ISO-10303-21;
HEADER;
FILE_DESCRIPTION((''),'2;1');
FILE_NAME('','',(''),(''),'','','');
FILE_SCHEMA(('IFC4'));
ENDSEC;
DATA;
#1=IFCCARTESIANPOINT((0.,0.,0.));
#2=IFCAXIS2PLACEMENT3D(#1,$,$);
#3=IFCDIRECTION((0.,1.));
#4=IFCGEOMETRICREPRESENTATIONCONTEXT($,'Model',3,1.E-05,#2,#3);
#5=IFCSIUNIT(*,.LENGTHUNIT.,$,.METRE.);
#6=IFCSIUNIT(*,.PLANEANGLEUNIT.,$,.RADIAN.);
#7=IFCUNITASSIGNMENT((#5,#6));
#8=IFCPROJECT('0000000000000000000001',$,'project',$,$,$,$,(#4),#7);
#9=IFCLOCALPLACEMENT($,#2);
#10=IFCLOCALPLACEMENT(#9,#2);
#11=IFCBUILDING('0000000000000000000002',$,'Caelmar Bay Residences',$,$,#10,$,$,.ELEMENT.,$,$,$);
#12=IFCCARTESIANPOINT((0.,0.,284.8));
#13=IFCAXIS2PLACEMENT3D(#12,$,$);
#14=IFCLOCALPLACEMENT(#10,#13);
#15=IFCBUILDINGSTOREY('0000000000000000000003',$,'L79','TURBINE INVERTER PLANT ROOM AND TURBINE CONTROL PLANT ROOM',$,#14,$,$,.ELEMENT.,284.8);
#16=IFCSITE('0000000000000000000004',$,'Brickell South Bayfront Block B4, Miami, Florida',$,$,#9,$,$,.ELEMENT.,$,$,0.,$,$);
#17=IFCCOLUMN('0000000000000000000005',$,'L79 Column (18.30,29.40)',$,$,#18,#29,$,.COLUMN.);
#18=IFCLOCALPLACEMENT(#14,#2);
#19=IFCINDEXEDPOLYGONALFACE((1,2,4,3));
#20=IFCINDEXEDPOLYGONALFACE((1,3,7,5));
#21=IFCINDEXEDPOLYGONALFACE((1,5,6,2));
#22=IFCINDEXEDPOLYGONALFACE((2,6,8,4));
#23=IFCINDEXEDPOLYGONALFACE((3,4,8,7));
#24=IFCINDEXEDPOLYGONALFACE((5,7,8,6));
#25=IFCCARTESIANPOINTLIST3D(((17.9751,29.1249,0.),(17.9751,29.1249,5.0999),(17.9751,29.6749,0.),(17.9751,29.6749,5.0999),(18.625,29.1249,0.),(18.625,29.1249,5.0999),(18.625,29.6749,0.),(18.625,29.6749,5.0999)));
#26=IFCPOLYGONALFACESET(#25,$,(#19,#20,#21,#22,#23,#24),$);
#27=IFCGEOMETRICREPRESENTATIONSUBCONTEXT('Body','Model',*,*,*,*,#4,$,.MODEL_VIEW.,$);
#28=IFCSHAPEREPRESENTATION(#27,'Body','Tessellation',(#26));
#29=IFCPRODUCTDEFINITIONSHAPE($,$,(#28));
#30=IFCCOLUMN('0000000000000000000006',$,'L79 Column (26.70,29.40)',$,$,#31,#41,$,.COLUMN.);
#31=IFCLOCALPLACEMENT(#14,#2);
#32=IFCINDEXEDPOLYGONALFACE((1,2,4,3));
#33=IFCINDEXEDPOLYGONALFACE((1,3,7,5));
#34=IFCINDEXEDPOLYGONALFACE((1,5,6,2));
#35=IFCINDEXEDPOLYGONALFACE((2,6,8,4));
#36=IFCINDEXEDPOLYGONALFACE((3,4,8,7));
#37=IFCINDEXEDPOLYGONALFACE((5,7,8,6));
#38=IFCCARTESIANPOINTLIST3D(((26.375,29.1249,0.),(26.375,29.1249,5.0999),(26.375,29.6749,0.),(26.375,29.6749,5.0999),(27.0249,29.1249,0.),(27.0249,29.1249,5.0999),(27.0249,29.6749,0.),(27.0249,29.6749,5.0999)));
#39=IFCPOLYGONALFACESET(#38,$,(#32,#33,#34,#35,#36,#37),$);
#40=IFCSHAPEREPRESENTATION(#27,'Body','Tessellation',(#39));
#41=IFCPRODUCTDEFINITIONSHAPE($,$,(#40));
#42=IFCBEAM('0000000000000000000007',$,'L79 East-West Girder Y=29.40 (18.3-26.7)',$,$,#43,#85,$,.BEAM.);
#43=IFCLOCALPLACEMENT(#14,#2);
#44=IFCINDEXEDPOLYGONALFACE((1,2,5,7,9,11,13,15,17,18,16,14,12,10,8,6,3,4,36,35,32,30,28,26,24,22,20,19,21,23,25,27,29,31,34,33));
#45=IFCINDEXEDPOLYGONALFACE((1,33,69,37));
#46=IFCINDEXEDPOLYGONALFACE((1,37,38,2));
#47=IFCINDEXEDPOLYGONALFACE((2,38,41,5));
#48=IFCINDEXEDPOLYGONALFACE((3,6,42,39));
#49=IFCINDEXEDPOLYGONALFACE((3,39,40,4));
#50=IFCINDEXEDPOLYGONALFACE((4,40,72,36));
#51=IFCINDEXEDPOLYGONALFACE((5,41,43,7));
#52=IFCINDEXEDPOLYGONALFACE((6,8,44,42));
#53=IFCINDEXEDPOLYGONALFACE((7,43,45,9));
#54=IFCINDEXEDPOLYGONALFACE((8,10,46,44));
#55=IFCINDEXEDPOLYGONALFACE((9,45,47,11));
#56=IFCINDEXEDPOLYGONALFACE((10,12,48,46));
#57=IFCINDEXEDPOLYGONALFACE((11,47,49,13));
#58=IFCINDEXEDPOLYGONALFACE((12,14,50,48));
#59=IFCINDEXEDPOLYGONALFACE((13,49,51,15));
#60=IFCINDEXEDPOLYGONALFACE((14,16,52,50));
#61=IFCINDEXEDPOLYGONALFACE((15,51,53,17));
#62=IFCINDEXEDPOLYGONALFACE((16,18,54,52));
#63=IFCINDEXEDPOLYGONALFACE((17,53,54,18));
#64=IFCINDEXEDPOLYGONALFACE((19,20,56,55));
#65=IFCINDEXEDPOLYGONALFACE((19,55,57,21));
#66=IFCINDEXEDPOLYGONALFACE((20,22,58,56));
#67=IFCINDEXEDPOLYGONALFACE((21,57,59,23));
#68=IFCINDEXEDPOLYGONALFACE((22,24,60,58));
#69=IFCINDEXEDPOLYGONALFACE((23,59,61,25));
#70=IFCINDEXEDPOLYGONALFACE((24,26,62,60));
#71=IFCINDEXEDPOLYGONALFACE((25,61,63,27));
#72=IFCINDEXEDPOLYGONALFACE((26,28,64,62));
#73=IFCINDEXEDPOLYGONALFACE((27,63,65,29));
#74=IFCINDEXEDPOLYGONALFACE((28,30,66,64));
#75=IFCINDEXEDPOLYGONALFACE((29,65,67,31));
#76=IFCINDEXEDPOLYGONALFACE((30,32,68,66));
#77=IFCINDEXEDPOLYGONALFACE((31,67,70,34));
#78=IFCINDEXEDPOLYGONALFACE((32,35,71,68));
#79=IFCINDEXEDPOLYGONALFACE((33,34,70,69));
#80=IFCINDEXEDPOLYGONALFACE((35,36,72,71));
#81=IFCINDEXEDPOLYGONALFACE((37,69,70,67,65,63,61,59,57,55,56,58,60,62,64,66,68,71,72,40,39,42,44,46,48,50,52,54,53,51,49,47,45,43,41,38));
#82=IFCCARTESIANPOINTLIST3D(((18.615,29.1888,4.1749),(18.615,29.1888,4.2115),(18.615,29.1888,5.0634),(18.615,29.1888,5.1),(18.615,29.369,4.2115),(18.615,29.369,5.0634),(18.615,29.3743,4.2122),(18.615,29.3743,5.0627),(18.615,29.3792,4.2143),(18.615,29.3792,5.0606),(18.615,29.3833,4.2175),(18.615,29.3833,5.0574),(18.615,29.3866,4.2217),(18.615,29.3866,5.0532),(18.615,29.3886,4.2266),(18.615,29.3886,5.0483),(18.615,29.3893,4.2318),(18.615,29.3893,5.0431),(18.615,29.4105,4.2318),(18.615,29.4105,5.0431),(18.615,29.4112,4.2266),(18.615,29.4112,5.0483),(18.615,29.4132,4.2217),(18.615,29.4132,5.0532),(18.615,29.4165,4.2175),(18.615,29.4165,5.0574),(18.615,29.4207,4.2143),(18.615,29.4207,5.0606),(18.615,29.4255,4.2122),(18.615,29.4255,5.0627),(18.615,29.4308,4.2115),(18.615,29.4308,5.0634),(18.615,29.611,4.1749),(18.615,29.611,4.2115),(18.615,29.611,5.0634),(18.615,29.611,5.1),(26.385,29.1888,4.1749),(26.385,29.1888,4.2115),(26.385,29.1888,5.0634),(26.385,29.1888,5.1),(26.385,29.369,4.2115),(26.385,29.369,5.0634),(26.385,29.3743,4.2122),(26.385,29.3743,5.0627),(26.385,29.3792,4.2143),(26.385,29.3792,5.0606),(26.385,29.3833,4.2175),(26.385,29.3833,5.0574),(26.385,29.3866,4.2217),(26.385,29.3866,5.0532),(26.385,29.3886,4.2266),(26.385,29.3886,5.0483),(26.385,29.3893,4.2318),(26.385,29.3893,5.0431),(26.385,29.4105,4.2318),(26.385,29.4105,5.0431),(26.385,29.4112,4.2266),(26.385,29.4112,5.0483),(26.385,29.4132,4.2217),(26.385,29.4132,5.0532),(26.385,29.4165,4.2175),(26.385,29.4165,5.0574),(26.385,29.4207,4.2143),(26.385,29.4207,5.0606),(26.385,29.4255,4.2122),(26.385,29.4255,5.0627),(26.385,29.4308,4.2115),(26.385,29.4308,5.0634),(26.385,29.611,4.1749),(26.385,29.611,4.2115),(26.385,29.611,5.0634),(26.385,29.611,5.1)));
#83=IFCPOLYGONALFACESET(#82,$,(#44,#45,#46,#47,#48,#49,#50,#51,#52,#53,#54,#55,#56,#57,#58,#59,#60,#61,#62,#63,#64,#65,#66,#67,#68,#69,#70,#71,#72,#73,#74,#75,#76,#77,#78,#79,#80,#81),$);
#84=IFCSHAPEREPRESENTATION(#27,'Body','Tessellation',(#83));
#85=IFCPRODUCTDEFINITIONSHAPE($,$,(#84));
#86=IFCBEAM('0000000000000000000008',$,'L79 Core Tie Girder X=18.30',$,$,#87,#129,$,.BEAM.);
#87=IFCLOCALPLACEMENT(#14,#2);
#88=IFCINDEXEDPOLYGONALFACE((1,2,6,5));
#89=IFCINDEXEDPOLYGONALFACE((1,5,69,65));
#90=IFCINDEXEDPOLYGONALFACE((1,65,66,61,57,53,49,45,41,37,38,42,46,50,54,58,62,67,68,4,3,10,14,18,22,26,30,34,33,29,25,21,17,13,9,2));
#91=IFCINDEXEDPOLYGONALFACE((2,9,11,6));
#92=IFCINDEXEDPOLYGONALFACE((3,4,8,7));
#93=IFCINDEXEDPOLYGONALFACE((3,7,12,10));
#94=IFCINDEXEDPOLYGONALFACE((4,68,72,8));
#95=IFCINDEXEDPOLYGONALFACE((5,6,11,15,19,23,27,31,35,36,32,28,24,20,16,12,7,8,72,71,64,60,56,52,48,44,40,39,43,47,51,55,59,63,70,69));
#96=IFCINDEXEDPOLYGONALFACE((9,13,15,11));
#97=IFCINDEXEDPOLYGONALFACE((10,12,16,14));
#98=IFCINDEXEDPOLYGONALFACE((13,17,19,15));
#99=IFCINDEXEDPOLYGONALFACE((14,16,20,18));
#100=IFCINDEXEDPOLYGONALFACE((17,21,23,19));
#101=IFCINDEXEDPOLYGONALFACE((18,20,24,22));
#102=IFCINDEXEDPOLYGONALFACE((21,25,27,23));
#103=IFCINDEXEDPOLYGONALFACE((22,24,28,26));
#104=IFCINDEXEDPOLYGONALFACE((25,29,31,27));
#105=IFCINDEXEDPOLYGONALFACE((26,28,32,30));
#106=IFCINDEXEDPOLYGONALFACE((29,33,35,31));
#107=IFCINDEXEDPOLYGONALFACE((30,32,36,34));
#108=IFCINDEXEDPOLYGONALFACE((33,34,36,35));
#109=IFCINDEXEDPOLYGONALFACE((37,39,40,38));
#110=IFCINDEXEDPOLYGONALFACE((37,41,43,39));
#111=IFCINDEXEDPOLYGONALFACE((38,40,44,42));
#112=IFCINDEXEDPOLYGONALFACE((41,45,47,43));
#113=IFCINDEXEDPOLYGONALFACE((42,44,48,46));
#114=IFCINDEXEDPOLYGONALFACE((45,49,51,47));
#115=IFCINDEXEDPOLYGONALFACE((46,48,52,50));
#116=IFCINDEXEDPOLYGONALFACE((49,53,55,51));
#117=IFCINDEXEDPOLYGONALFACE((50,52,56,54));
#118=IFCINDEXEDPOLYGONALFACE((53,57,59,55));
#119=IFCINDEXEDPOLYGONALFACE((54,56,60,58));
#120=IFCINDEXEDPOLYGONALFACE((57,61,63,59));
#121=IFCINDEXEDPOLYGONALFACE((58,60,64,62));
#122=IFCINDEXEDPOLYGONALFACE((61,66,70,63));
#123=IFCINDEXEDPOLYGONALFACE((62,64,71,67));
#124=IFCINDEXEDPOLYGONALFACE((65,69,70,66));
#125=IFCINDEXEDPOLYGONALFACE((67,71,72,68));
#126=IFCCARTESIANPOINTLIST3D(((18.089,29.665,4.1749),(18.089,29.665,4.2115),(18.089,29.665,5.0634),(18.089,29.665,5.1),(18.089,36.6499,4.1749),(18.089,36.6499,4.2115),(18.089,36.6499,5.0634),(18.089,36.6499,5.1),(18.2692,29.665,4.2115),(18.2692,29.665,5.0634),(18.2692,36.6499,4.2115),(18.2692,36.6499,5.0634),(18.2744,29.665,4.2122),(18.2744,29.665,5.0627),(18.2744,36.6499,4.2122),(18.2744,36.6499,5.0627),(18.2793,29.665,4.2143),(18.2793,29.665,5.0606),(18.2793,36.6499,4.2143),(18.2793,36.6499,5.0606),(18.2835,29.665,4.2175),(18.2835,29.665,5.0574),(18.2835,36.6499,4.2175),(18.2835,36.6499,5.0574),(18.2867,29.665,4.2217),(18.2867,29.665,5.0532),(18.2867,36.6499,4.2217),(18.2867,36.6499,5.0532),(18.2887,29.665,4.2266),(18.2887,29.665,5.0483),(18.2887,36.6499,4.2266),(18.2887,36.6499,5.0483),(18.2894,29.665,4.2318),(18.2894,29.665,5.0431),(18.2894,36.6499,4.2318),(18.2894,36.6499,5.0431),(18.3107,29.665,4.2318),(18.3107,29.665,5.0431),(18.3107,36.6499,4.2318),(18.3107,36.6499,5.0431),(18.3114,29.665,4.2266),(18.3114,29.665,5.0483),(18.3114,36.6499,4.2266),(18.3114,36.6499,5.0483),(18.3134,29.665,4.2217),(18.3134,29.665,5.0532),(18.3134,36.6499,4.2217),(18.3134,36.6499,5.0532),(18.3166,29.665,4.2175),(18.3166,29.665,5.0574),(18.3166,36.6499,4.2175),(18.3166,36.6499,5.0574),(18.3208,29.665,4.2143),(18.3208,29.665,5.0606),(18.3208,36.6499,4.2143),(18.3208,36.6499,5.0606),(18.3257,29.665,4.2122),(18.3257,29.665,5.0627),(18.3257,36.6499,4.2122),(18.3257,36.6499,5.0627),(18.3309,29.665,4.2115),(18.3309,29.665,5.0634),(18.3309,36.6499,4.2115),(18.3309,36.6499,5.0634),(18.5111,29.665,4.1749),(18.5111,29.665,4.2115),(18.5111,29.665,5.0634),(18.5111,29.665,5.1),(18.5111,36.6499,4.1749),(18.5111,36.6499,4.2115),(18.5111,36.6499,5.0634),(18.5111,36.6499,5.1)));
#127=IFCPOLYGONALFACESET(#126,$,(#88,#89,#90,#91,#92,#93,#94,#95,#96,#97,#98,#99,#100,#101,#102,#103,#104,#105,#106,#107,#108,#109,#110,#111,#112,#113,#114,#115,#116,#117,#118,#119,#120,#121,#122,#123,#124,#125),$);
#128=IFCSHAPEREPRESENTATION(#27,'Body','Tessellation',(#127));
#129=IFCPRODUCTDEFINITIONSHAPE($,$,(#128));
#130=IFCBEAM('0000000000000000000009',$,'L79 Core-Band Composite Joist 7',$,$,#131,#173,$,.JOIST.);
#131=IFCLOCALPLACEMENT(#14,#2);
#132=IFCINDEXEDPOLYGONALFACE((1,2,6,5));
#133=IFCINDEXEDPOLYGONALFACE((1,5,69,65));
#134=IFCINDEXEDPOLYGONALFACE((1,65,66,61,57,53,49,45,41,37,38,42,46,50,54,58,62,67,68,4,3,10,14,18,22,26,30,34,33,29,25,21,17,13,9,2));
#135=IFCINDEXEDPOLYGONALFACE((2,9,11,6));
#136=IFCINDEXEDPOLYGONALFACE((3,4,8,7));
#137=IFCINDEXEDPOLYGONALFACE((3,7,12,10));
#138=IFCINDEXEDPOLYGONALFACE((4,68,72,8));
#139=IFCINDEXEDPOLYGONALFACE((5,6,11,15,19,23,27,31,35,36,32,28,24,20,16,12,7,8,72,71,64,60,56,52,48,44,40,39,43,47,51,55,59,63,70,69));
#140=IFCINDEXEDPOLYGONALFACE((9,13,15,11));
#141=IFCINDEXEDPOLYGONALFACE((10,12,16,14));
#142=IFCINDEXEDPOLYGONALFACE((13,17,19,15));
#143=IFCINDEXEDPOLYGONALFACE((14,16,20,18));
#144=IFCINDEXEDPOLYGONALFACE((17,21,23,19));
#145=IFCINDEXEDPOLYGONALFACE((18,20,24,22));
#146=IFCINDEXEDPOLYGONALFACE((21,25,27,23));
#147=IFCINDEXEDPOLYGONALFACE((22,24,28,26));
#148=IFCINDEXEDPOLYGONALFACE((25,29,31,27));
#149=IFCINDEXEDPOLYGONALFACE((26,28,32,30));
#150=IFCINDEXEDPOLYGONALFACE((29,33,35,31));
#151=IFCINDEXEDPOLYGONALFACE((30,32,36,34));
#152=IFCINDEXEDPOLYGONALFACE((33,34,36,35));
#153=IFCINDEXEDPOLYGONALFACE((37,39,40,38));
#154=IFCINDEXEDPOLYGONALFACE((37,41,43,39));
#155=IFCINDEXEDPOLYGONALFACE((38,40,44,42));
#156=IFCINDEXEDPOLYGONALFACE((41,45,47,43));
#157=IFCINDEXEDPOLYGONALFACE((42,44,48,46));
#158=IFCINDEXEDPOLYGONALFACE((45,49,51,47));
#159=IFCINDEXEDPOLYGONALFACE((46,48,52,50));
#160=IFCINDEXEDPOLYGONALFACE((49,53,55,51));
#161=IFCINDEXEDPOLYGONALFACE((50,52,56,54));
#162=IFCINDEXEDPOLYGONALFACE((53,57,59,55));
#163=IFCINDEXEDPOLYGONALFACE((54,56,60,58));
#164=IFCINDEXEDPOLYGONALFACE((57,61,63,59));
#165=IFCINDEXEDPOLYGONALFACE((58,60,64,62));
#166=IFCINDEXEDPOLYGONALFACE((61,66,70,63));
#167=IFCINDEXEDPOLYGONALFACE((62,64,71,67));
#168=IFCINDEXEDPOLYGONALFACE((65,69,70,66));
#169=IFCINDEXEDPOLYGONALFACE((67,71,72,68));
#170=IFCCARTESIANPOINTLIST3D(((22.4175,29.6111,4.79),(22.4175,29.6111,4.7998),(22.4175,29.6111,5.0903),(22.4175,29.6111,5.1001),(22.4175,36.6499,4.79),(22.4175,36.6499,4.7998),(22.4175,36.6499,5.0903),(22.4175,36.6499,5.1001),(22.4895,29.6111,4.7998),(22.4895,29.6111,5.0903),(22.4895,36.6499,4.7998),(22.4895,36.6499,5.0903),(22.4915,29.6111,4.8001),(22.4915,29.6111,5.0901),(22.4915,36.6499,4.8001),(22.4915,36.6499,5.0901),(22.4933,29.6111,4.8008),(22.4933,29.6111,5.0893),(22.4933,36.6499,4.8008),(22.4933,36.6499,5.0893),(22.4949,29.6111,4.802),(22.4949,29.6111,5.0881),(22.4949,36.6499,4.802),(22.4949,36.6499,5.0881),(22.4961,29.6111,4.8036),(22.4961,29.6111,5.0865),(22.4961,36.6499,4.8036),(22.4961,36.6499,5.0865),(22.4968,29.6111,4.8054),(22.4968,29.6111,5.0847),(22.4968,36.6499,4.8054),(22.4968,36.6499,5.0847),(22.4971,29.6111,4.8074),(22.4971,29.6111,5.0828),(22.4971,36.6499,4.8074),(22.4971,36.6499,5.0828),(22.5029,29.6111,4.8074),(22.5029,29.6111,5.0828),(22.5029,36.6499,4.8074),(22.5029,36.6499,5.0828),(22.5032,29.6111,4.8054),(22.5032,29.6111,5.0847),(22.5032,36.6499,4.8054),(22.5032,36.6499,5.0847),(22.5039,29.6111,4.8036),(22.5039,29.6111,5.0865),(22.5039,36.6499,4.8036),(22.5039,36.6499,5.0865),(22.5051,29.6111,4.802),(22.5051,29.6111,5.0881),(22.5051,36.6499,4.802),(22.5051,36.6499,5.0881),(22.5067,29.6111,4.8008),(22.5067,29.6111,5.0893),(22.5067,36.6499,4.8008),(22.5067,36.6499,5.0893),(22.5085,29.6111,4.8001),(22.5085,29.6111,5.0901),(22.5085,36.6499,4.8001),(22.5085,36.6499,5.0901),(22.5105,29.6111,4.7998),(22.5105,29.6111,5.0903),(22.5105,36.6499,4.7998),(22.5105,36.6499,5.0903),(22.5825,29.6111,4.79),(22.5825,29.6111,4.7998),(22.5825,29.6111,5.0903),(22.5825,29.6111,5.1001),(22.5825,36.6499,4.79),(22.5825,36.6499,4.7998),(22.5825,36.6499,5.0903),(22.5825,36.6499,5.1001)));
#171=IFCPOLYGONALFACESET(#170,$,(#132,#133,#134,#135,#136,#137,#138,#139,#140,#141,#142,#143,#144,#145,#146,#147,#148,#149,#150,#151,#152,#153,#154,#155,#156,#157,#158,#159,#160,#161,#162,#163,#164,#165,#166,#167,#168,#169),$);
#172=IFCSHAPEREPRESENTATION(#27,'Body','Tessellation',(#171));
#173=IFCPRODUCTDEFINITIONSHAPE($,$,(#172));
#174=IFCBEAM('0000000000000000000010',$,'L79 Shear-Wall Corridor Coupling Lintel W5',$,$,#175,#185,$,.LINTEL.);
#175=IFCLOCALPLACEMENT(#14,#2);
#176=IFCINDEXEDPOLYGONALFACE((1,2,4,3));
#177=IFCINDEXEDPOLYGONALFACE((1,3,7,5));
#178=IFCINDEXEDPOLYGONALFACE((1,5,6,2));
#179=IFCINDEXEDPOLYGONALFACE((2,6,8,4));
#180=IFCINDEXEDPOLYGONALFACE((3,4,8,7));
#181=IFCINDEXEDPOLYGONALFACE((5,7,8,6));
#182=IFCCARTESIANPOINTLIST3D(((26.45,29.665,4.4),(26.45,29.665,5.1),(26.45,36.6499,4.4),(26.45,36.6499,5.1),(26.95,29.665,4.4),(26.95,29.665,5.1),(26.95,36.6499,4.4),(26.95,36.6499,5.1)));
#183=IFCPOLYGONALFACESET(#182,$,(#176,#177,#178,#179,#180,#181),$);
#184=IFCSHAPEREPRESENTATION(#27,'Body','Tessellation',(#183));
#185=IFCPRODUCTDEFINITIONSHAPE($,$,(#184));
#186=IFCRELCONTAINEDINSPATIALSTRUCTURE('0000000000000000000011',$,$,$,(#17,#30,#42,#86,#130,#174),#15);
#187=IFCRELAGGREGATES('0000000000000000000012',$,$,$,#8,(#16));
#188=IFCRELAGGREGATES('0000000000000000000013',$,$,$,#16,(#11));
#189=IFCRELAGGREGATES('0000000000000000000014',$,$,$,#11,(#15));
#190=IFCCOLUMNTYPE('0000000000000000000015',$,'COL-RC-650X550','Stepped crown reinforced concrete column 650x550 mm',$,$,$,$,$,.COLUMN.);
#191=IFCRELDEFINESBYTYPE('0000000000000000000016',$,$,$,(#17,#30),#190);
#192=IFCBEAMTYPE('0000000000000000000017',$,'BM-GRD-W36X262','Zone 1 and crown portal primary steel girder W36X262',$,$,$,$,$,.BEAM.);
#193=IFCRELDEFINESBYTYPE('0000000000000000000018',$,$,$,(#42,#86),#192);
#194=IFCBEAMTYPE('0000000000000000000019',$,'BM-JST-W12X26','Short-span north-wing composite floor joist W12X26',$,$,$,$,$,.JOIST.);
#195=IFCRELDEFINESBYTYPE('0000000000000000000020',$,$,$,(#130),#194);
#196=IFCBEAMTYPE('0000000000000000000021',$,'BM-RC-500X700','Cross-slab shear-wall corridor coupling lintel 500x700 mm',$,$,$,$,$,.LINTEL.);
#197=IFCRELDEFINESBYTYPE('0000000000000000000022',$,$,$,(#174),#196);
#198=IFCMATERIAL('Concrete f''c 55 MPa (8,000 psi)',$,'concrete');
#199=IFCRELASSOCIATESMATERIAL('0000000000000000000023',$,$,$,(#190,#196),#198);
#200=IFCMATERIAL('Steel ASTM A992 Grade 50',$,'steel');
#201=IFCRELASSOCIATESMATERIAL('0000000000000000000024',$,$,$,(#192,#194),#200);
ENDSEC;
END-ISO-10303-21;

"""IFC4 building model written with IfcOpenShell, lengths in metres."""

from ifc_helpers import new_model, si_unit, direction, frame, origin, origin_2d, place, context, subcontext, project, spatial, rectangle, i_section, extrude, material, material_profile, profile_set, type_object, element, save


model = new_model("IFC4")

# Units and contexts
model_context = context("Model", 3, precision=1e-05, world=origin(), true_north=direction((0.0, 1.0)))
body_context = subcontext(model_context, "Body", "Model", "MODEL_VIEW")
ifc_project = project(units=[si_unit("LENGTHUNIT", "METRE"), si_unit("PLANEANGLEUNIT", "RADIAN")], contexts=[model_context])

# Site, building, storey
site_placement = place(None, origin())
site = spatial("IfcSite", under=ifc_project, at=site_placement, Name="Brickell South Bayfront Block B4, Miami, Florida", CompositionType="ELEMENT", RefElevation=0.0)
building_placement = place(site_placement, origin())
building = spatial("IfcBuilding", under=site, at=building_placement, Name="Caelmar Bay Residences", CompositionType="ELEMENT")
storey_placement = place(building_placement, frame((0.0, 0.0, 284.8)))
storey = spatial("IfcBuildingStorey", under=building, at=storey_placement, Name="L79", Description="TURBINE INVERTER PLANT ROOM AND TURBINE CONTROL PLANT ROOM", CompositionType="ELEMENT", Elevation=284.8)

# Columns
ifc_material_1 = material(Name="Concrete f'c 55 MPa (8,000 psi)", Category="concrete")
ifc_material_profile_1 = material_profile(ifc_material_1, rectangle(XDim=0.6499, YDim=0.55, at=origin_2d()), Name="RC-COL-650X550")
ifc_profile_set_1 = profile_set([ifc_material_profile_1], Name="Concrete f'c 55 MPa (8,000 psi)")
column_type = type_object("IfcColumnType", Name="COL-RC-650X550", Description="Stepped crown reinforced concrete column 650x550 mm", PredefinedType="COLUMN", material=ifc_profile_set_1)
for number, where, z_axis, x_axis, name in (
    (1, (18.3, 29.3999, 0.0), (0.0, 0.0, 1.0), (1.0, 0.0, 0.0), "L79 Column (18.30,29.40)"),
    (2, (26.7, 29.3999, 0.0), (0.0, 0.0, 1.0), (1.0, 0.0, 0.0), "L79 Column (26.70,29.40)"),
):
    element("IfcColumn", number, at=place(storey_placement, frame(where, z_axis=z_axis, x_axis=x_axis)), inside=storey, type_object=column_type, Name=name, PredefinedType="COLUMN", context=body_context, shape_type="SweptSolid", body=[
        extrude(rectangle(XDim=0.6499, YDim=0.55, at=origin_2d()), origin(), (0.0, 0.0, 1.0), 5.0999),
    ])

# Beams
ifc_material_2 = material(Name="Steel ASTM A992 Grade 50", Category="steel")
ifc_material_profile_2 = material_profile(ifc_material_2, i_section(OverallWidth=0.4221, OverallDepth=0.925, WebThickness=0.0212, FlangeThickness=0.0366, FilletRadius=0.0203, at=origin_2d()), Name="W36X262")
ifc_profile_set_2 = profile_set([ifc_material_profile_2], Name="Steel ASTM A992 Grade 50")
beam_type_1 = type_object("IfcBeamType", Name="BM-GRD-W36X262", Description="Zone 1 and crown portal primary steel girder W36X262", PredefinedType="BEAM", material=ifc_profile_set_2)
beam_1_placement = place(storey_placement, frame((18.615, 29.3999, 4.6375), z_axis=(1.0, 0.0, 0.0), x_axis=(0.0, 1.0, 0.0)))
element("IfcBeam", 3, at=beam_1_placement, inside=storey, type_object=beam_type_1, Name="L79 East-West Girder Y=29.40 (18.3-26.7)", PredefinedType="BEAM", context=body_context, shape_type="SweptSolid", body=[
    extrude(i_section(OverallWidth=0.4221, OverallDepth=0.925, WebThickness=0.0212, FlangeThickness=0.0366, FilletRadius=0.0203, at=origin_2d()), origin(), (0.0, 0.0, 1.0), 7.77),
])
beam_2_placement = place(storey_placement, frame((18.3, 29.665, 4.6375), z_axis=(0.0, 1.0, 0.0), x_axis=(-1.0, 0.0, 0.0)))
element("IfcBeam", 4, at=beam_2_placement, inside=storey, type_object=beam_type_1, Name="L79 Core Tie Girder X=18.30", PredefinedType="BEAM", context=body_context, shape_type="SweptSolid", body=[
    extrude(i_section(OverallWidth=0.4221, OverallDepth=0.925, WebThickness=0.0212, FlangeThickness=0.0366, FilletRadius=0.0203, at=origin_2d()), origin(), (0.0, 0.0, 1.0), 6.9849),
])
ifc_material_profile_3 = material_profile(ifc_material_2, i_section(OverallWidth=0.165, OverallDepth=0.3101, WebThickness=0.0059, FlangeThickness=0.0098, FilletRadius=0.0076, at=origin_2d()), Name="W12X26")
ifc_profile_set_3 = profile_set([ifc_material_profile_3], Name="Steel ASTM A992 Grade 50")
beam_type_2 = type_object("IfcBeamType", Name="BM-JST-W12X26", Description="Short-span north-wing composite floor joist W12X26", PredefinedType="JOIST", material=ifc_profile_set_3)
beam_3_placement = place(storey_placement, frame((22.5, 29.6111, 4.9451), z_axis=(0.0, 1.0, 0.0), x_axis=(-1.0, 0.0, 0.0)))
element("IfcBeam", 5, at=beam_3_placement, inside=storey, type_object=beam_type_2, Name="L79 Core-Band Composite Joist 7", PredefinedType="JOIST", context=body_context, shape_type="SweptSolid", body=[
    extrude(i_section(OverallWidth=0.165, OverallDepth=0.3101, WebThickness=0.0059, FlangeThickness=0.0098, FilletRadius=0.0076, at=origin_2d()), origin(), (0.0, 0.0, 1.0), 7.0388),
])
ifc_material_profile_4 = material_profile(ifc_material_1, rectangle(XDim=0.5, YDim=0.7, at=origin_2d()), Name="RC-BM-500X700")
ifc_profile_set_4 = profile_set([ifc_material_profile_4], Name="Concrete f'c 55 MPa (8,000 psi)")
beam_type_3 = type_object("IfcBeamType", Name="BM-RC-500X700", Description="Cross-slab shear-wall corridor coupling lintel 500x700 mm", PredefinedType="LINTEL", material=ifc_profile_set_4)
beam_4_placement = place(storey_placement, frame((26.7, 29.665, 4.75), z_axis=(0.0, 1.0, 0.0), x_axis=(-1.0, 0.0, 0.0)))
element("IfcBeam", 6, at=beam_4_placement, inside=storey, type_object=beam_type_3, Name="L79 Shear-Wall Corridor Coupling Lintel W5", PredefinedType="LINTEL", context=body_context, shape_type="SweptSolid", body=[
    extrude(rectangle(XDim=0.5, YDim=0.7, at=origin_2d()), origin(), (0.0, 0.0, 1.0), 6.9849),
])

save(model, "model.ifc")
